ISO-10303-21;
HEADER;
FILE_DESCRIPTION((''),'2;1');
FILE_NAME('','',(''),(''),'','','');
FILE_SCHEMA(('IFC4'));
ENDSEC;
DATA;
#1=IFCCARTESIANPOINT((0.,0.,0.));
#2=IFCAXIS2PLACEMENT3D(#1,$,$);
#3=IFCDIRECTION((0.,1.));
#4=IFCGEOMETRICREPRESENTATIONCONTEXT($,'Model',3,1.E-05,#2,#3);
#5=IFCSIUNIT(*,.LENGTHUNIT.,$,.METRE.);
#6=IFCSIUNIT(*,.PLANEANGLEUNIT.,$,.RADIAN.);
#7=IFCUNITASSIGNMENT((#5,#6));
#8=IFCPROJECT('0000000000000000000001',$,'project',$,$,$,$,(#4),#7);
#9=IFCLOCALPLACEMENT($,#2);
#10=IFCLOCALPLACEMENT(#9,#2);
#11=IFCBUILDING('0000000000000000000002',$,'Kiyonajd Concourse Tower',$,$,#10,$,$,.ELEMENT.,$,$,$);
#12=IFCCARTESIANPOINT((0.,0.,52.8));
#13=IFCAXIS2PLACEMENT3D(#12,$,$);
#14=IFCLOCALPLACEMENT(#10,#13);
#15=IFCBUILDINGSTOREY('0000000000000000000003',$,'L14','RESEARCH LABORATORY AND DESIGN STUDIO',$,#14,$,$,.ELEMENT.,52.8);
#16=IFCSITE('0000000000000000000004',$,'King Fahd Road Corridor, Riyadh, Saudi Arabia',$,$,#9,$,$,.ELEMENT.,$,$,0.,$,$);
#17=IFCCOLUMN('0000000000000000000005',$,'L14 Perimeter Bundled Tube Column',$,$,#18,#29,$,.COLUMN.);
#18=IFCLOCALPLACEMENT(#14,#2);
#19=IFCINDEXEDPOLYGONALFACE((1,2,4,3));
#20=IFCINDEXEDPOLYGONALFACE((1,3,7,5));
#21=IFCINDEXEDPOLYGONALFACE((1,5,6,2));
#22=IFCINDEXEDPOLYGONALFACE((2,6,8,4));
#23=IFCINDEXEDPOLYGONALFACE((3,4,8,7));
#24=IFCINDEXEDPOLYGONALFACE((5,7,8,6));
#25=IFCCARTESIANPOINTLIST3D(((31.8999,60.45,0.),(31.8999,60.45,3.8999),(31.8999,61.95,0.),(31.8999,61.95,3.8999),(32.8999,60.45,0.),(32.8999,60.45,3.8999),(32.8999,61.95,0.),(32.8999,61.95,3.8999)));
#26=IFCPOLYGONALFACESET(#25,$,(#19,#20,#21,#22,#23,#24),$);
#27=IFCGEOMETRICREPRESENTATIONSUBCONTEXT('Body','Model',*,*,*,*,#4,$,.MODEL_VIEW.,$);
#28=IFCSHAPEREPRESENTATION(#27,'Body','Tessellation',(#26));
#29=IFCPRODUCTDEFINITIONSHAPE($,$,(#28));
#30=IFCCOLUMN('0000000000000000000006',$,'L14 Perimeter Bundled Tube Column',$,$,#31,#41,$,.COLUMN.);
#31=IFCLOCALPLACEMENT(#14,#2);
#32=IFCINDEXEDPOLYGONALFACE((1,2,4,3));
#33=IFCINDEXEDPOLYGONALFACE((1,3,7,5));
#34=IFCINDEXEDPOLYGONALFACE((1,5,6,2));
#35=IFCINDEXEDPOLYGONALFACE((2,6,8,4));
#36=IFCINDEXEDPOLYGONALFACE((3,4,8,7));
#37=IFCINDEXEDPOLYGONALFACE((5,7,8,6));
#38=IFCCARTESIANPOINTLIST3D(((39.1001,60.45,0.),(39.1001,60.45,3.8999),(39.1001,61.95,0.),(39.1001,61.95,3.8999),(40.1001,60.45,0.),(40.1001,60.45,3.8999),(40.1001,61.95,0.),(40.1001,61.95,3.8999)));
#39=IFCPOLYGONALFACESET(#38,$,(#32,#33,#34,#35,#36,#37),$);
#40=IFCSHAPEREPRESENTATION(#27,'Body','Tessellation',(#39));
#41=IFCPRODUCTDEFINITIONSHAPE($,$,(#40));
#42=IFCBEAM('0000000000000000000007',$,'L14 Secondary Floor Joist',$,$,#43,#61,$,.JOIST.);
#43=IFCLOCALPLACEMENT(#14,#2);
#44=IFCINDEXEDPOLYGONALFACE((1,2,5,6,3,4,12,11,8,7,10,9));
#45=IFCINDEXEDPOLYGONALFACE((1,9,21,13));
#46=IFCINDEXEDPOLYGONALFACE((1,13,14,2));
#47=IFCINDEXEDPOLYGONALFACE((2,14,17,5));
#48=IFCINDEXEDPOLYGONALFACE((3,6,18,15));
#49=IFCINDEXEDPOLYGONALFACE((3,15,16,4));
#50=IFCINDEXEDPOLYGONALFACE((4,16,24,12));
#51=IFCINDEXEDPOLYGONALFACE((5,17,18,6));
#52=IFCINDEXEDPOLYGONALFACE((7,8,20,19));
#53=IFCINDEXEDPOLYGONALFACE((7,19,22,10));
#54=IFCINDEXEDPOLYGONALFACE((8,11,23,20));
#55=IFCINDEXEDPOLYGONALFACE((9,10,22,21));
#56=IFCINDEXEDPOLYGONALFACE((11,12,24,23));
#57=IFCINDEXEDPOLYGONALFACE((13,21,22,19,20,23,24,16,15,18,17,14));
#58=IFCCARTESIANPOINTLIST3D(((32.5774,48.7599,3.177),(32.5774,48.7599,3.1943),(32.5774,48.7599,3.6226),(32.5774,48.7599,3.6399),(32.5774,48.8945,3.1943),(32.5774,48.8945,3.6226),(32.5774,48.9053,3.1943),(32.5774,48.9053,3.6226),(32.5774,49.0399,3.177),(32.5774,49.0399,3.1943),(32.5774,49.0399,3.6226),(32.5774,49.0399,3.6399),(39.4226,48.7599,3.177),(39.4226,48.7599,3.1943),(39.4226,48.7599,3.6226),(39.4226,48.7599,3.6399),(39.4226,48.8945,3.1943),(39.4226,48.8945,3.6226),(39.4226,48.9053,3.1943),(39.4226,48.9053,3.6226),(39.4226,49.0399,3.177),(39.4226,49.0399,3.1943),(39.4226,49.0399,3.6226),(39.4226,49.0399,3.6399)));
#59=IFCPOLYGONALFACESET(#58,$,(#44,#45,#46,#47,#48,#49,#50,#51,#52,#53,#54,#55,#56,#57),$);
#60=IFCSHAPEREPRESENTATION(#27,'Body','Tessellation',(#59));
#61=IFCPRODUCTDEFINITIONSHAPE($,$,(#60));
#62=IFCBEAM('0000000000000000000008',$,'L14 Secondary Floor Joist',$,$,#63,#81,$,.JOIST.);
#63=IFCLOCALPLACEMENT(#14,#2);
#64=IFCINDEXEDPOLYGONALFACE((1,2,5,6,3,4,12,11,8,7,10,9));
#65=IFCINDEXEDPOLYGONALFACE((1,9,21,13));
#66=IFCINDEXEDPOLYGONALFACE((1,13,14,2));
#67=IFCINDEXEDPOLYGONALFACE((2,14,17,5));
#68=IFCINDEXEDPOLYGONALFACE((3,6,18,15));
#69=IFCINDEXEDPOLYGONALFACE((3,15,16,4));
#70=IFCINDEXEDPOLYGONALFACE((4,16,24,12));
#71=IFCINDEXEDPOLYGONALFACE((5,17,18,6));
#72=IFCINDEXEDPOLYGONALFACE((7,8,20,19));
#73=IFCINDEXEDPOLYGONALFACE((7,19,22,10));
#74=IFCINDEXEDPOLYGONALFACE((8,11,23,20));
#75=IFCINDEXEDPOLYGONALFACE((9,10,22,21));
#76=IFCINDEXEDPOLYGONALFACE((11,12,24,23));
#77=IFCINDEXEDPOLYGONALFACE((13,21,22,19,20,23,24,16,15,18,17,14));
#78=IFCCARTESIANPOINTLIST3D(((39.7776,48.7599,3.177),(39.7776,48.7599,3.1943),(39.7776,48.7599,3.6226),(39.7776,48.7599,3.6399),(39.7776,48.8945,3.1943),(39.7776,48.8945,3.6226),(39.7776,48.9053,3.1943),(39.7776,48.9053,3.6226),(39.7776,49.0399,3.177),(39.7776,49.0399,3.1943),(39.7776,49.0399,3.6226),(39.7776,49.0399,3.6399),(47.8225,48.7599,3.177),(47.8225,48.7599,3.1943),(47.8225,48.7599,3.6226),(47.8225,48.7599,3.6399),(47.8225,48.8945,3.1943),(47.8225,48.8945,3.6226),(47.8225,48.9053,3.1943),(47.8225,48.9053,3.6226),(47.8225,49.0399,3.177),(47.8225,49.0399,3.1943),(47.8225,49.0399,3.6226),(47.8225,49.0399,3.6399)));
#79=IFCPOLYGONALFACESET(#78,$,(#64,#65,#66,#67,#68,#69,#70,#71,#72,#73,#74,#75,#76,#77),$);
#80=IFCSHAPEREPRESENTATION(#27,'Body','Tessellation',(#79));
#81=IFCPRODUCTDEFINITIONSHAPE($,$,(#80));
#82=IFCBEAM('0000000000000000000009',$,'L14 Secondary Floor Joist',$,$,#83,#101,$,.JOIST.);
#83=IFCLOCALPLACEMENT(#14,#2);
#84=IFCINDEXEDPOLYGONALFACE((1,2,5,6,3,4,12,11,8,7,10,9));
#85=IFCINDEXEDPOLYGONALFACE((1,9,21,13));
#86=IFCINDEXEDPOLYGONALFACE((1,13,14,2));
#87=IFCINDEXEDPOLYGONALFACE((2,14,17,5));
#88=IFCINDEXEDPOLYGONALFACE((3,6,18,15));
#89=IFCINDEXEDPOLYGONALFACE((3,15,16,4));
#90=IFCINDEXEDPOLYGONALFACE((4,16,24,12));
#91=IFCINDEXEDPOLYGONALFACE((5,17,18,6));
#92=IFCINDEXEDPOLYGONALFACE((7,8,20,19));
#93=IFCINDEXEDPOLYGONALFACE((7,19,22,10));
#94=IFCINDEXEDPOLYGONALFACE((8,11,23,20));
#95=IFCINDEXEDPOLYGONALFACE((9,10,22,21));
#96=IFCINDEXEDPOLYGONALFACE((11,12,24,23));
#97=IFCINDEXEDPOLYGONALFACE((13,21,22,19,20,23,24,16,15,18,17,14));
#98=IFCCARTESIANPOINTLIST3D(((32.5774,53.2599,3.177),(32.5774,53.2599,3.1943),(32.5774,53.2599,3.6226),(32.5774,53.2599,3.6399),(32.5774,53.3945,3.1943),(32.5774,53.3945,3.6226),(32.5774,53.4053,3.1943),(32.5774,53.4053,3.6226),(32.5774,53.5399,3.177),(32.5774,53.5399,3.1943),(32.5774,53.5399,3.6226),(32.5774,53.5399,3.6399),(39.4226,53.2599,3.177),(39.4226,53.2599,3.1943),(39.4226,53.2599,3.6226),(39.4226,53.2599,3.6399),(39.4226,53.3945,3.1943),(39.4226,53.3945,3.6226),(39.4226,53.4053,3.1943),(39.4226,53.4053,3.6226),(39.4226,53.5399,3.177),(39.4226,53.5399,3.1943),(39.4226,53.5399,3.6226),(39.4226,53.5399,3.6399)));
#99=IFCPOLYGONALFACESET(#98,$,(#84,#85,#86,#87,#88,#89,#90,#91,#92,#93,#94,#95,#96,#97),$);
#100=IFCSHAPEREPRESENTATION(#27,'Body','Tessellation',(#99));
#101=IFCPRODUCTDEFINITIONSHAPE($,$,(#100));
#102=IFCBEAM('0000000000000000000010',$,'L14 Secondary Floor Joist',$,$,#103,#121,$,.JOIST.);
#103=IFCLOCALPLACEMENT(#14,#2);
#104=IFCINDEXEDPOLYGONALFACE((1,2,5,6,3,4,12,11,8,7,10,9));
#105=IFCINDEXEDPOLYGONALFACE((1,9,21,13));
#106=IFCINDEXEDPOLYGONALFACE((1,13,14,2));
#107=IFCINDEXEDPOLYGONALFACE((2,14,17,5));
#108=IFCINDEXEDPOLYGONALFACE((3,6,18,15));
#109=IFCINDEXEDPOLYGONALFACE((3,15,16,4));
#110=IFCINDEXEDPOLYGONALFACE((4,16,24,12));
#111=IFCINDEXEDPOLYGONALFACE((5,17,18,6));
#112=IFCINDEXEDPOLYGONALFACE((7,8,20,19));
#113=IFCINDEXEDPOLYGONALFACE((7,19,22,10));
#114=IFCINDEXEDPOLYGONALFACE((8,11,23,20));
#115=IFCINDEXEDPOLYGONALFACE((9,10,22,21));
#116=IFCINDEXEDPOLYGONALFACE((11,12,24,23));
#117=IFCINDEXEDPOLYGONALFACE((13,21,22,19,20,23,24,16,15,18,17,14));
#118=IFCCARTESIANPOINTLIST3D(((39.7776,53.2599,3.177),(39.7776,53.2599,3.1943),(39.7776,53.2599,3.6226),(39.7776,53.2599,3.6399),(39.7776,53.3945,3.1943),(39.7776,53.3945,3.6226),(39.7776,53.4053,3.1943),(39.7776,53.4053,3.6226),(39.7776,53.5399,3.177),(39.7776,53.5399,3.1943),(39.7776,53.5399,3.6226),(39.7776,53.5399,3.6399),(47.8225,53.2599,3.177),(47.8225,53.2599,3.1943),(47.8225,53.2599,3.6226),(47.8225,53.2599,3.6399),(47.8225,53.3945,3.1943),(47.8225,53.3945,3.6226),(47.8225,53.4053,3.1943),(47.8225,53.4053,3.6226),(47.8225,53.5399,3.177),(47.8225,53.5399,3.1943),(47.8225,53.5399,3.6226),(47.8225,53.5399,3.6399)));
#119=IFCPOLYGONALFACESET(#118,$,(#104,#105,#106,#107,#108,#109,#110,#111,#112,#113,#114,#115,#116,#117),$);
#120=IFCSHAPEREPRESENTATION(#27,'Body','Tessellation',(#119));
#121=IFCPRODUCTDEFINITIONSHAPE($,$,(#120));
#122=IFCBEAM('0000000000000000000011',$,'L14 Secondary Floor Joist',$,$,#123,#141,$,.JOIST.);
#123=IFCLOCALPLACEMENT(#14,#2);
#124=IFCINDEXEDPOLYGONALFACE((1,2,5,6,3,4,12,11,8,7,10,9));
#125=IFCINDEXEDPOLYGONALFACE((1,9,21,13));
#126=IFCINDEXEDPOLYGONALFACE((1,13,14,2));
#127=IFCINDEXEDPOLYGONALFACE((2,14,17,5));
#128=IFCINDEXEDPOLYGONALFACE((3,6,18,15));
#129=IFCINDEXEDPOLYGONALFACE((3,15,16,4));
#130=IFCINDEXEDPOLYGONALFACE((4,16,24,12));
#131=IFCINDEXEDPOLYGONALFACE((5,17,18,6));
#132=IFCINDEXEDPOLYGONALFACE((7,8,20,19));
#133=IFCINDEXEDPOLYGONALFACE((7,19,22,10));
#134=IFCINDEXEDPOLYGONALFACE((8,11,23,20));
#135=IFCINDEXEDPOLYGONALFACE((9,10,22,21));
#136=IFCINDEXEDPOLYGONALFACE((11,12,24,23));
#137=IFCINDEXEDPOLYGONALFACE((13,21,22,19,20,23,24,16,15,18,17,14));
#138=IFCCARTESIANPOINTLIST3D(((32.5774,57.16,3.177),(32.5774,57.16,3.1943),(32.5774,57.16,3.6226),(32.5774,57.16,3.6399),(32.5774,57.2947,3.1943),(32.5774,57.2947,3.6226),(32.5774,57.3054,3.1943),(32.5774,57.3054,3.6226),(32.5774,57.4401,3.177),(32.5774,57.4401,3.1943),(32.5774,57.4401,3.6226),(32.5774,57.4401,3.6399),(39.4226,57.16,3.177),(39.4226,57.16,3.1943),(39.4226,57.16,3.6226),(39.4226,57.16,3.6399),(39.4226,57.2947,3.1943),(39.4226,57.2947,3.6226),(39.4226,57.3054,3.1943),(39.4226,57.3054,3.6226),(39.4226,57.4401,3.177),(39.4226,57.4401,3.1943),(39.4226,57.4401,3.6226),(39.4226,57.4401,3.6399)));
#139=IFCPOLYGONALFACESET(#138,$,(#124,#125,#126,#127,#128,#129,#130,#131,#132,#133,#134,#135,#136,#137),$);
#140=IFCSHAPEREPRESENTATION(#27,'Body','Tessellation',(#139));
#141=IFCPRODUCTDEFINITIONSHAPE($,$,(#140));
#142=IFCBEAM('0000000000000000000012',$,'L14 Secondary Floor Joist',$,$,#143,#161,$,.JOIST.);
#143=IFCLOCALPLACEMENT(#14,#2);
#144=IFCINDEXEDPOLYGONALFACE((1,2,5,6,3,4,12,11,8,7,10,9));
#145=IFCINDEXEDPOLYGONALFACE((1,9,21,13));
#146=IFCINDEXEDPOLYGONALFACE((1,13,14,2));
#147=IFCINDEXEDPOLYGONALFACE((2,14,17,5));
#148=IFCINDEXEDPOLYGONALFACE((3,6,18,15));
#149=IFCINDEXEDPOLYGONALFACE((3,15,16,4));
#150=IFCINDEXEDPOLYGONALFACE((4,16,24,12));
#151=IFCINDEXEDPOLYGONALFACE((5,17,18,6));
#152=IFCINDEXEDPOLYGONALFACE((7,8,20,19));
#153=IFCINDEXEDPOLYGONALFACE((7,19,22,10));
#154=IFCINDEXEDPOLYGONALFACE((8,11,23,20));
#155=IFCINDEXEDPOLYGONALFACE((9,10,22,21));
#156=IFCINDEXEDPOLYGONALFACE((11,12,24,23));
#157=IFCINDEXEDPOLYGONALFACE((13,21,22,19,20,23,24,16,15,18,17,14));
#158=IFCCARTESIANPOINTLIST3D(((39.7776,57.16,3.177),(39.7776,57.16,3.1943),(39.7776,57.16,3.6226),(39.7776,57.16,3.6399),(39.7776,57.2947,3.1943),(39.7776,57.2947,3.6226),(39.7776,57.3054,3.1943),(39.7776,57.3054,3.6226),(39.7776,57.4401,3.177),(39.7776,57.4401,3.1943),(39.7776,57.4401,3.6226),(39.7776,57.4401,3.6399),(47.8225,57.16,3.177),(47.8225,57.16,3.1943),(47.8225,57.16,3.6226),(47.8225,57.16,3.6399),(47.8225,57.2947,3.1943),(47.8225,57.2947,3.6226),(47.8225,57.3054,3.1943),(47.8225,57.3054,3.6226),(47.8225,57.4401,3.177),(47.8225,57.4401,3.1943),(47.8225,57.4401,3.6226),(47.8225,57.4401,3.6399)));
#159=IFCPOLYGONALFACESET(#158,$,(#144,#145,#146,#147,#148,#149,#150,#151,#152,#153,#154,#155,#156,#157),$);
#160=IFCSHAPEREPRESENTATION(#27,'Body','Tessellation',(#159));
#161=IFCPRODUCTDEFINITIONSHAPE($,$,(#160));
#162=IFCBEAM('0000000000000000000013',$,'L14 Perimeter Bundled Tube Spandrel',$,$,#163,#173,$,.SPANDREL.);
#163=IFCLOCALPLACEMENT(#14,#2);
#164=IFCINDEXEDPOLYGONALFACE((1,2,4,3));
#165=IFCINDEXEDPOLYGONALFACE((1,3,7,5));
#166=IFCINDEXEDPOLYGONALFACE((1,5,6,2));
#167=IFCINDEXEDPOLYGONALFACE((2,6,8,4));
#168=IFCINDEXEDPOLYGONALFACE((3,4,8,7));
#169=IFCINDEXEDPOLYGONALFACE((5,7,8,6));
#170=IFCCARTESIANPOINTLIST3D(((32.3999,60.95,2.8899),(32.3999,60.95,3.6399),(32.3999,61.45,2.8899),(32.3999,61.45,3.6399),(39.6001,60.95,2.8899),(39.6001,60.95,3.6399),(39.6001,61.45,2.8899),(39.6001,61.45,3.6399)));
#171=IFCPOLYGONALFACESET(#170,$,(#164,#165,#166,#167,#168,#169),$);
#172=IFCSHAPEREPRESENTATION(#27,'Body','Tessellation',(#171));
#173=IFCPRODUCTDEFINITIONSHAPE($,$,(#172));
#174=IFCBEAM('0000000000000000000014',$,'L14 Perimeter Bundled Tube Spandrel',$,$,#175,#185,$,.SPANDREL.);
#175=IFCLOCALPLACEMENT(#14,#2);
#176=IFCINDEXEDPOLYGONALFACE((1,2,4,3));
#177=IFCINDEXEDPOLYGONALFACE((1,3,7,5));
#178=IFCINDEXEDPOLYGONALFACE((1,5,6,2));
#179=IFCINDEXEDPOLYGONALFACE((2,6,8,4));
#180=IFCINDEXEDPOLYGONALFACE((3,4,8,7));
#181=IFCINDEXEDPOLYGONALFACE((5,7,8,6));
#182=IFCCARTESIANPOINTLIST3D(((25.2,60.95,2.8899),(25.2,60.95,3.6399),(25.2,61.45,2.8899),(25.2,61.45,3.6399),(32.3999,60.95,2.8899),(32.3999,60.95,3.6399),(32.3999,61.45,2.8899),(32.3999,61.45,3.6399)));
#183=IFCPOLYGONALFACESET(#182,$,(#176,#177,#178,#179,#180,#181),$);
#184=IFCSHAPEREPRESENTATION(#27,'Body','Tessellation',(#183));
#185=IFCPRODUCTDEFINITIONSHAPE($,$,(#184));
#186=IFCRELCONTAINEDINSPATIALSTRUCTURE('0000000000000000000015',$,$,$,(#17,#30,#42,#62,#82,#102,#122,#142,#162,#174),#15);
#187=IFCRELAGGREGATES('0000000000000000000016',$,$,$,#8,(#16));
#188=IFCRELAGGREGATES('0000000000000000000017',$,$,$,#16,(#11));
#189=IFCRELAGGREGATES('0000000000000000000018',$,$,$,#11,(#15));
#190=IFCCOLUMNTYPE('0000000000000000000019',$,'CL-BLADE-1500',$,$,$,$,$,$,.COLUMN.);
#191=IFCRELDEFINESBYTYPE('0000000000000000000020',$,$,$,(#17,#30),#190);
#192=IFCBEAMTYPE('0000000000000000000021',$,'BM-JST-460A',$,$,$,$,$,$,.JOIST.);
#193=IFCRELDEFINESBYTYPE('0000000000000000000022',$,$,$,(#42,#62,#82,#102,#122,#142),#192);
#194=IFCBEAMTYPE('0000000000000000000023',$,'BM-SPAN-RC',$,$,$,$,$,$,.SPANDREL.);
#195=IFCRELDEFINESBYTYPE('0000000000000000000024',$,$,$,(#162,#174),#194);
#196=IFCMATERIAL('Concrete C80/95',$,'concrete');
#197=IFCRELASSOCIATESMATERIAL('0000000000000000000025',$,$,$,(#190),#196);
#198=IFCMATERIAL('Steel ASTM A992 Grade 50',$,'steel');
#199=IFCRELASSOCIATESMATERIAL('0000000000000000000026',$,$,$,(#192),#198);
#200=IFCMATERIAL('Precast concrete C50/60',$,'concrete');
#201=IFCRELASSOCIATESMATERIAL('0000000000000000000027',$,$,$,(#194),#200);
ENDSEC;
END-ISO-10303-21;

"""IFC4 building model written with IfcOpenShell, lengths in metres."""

from ifc_helpers import new_model, si_unit, direction, frame, origin, origin_2d, place, context, subcontext, project, spatial, rectangle, i_section, extrude, material, material_profile, profile_set, type_object, element, save


model = new_model("IFC4")

# Units and contexts
model_context = context("Model", 3, precision=1e-05, world=origin(), true_north=direction((0.0, 1.0)))
body_context = subcontext(model_context, "Body", "Model", "MODEL_VIEW")
ifc_project = project(units=[si_unit("LENGTHUNIT", "METRE"), si_unit("PLANEANGLEUNIT", "RADIAN")], contexts=[model_context])

# Site, building, storey
site_placement = place(None, origin())
site = spatial("IfcSite", under=ifc_project, at=site_placement, Name="King Fahd Road Corridor, Riyadh, Saudi Arabia", CompositionType="ELEMENT", RefElevation=0.0)
building_placement = place(site_placement, origin())
building = spatial("IfcBuilding", under=site, at=building_placement, Name="Kiyonajd Concourse Tower", CompositionType="ELEMENT")
storey_placement = place(building_placement, frame((0.0, 0.0, 52.8)))
storey = spatial("IfcBuildingStorey", under=building, at=storey_placement, Name="L14", Description="RESEARCH LABORATORY AND DESIGN STUDIO", CompositionType="ELEMENT", Elevation=52.8)

# Columns
ifc_material_1 = material(Name="Concrete C80/95", Category="concrete")
ifc_material_profile_1 = material_profile(ifc_material_1, rectangle(XDim=1.0, YDim=1.5, at=origin_2d()), Name="RC-1500x1000")
ifc_profile_set_1 = profile_set([ifc_material_profile_1], Name="Concrete C80/95")
column_type = type_object("IfcColumnType", Name="CL-BLADE-1500", PredefinedType="COLUMN", material=ifc_profile_set_1)
for number, where, z_axis, x_axis, name in (
    (1, (32.3999, 61.2, 0.0), (0.0, 0.0, 1.0), (1.0, 0.0, 0.0), "L14 Perimeter Bundled Tube Column"),
    (2, (39.6001, 61.2, 0.0), (0.0, 0.0, 1.0), (1.0, 0.0, 0.0), "L14 Perimeter Bundled Tube Column"),
):
    element("IfcColumn", number, at=place(storey_placement, frame(where, z_axis=z_axis, x_axis=x_axis)), inside=storey, type_object=column_type, Name=name, PredefinedType="COLUMN", context=body_context, shape_type="SweptSolid", body=[
        extrude(rectangle(XDim=1.0, YDim=1.5, at=origin_2d()), origin(), (0.0, 0.0, 1.0), 3.8999),
    ])

# Beams
ifc_material_2 = material(Name="Steel ASTM A992 Grade 50", Category="steel")
ifc_material_profile_2 = material_profile(ifc_material_2, i_section(OverallWidth=0.28, OverallDepth=0.4629, WebThickness=0.0107, FlangeThickness=0.0173, at=origin_2d()), Name="W460X113")
ifc_profile_set_2 = profile_set([ifc_material_profile_2], Name="Steel ASTM A992 Grade 50")
beam_type_1 = type_object("IfcBeamType", Name="BM-JST-460A", PredefinedType="JOIST", material=ifc_profile_set_2)
beam_1_placement = place(storey_placement, frame((32.5774, 48.8999, 3.4084), z_axis=(1.0, 0.0, 0.0), x_axis=(0.0, 1.0, 0.0)))
element("IfcBeam", 3, at=beam_1_placement, inside=storey, type_object=beam_type_1, Name="L14 Secondary Floor Joist", PredefinedType="JOIST", context=body_context, shape_type="SweptSolid", body=[
    extrude(i_section(OverallWidth=0.28, OverallDepth=0.4629, WebThickness=0.0107, FlangeThickness=0.0173, at=origin_2d()), origin(), (0.0, 0.0, 1.0), 6.8452),
])
beam_2_placement = place(storey_placement, frame((39.7776, 48.8999, 3.4084), z_axis=(1.0, 0.0, 0.0), x_axis=(0.0, 1.0, 0.0)))
element("IfcBeam", 4, at=beam_2_placement, inside=storey, type_object=beam_type_1, Name="L14 Secondary Floor Joist", PredefinedType="JOIST", context=body_context, shape_type="SweptSolid", body=[
    extrude(i_section(OverallWidth=0.28, OverallDepth=0.4629, WebThickness=0.0107, FlangeThickness=0.0173, at=origin_2d()), origin(), (0.0, 0.0, 1.0), 8.0449),
])
beam_3_placement = place(storey_placement, frame((32.5774, 53.3999, 3.4084), z_axis=(1.0, 0.0, 0.0), x_axis=(0.0, 1.0, 0.0)))
element("IfcBeam", 5, at=beam_3_placement, inside=storey, type_object=beam_type_1, Name="L14 Secondary Floor Joist", PredefinedType="JOIST", context=body_context, shape_type="SweptSolid", body=[
    extrude(i_section(OverallWidth=0.28, OverallDepth=0.4629, WebThickness=0.0107, FlangeThickness=0.0173, at=origin_2d()), origin(), (0.0, 0.0, 1.0), 6.8452),
])
beam_4_placement = place(storey_placement, frame((39.7776, 53.3999, 3.4084), z_axis=(1.0, 0.0, 0.0), x_axis=(0.0, 1.0, 0.0)))
element("IfcBeam", 6, at=beam_4_placement, inside=storey, type_object=beam_type_1, Name="L14 Secondary Floor Joist", PredefinedType="JOIST", context=body_context, shape_type="SweptSolid", body=[
    extrude(i_section(OverallWidth=0.28, OverallDepth=0.4629, WebThickness=0.0107, FlangeThickness=0.0173, at=origin_2d()), origin(), (0.0, 0.0, 1.0), 8.0449),
])
beam_5_placement = place(storey_placement, frame((32.5774, 57.3, 3.4084), z_axis=(1.0, 0.0, 0.0), x_axis=(0.0, 1.0, 0.0)))
element("IfcBeam", 7, at=beam_5_placement, inside=storey, type_object=beam_type_1, Name="L14 Secondary Floor Joist", PredefinedType="JOIST", context=body_context, shape_type="SweptSolid", body=[
    extrude(i_section(OverallWidth=0.28, OverallDepth=0.4629, WebThickness=0.0107, FlangeThickness=0.0173, at=origin_2d()), origin(), (0.0, 0.0, 1.0), 6.8452),
])
beam_6_placement = place(storey_placement, frame((39.7776, 57.3, 3.4084), z_axis=(1.0, 0.0, 0.0), x_axis=(0.0, 1.0, 0.0)))
element("IfcBeam", 8, at=beam_6_placement, inside=storey, type_object=beam_type_1, Name="L14 Secondary Floor Joist", PredefinedType="JOIST", context=body_context, shape_type="SweptSolid", body=[
    extrude(i_section(OverallWidth=0.28, OverallDepth=0.4629, WebThickness=0.0107, FlangeThickness=0.0173, at=origin_2d()), origin(), (0.0, 0.0, 1.0), 8.0449),
])
ifc_material_3 = material(Name="Precast concrete C50/60", Category="concrete")
ifc_material_profile_3 = material_profile(ifc_material_3, rectangle(XDim=0.5, YDim=0.75, at=origin_2d()), Name="RCBM-500x750")
ifc_profile_set_3 = profile_set([ifc_material_profile_3], Name="Precast concrete C50/60")
beam_type_2 = type_object("IfcBeamType", Name="BM-SPAN-RC", PredefinedType="SPANDREL", material=ifc_profile_set_3)
beam_7_placement = place(storey_placement, frame((39.6001, 61.2, 3.2649), z_axis=(-1.0, 0.0, 0.0), x_axis=(0.0, -1.0, 0.0)))
element("IfcBeam", 9, at=beam_7_placement, inside=storey, type_object=beam_type_2, Name="L14 Perimeter Bundled Tube Spandrel", PredefinedType="SPANDREL", context=body_context, shape_type="SweptSolid", body=[
    extrude(rectangle(XDim=0.5, YDim=0.75, at=origin_2d()), origin(), (0.0, 0.0, 1.0), 7.2002),
])
beam_8_placement = place(storey_placement, frame((32.3999, 61.2, 3.2649), z_axis=(-1.0, 0.0, 0.0), x_axis=(0.0, -1.0, 0.0)))
element("IfcBeam", 10, at=beam_8_placement, inside=storey, type_object=beam_type_2, Name="L14 Perimeter Bundled Tube Spandrel", PredefinedType="SPANDREL", context=body_context, shape_type="SweptSolid", body=[
    extrude(rectangle(XDim=0.5, YDim=0.75, at=origin_2d()), origin(), (0.0, 0.0, 1.0), 7.2),
])

save(model, "model.ifc")
